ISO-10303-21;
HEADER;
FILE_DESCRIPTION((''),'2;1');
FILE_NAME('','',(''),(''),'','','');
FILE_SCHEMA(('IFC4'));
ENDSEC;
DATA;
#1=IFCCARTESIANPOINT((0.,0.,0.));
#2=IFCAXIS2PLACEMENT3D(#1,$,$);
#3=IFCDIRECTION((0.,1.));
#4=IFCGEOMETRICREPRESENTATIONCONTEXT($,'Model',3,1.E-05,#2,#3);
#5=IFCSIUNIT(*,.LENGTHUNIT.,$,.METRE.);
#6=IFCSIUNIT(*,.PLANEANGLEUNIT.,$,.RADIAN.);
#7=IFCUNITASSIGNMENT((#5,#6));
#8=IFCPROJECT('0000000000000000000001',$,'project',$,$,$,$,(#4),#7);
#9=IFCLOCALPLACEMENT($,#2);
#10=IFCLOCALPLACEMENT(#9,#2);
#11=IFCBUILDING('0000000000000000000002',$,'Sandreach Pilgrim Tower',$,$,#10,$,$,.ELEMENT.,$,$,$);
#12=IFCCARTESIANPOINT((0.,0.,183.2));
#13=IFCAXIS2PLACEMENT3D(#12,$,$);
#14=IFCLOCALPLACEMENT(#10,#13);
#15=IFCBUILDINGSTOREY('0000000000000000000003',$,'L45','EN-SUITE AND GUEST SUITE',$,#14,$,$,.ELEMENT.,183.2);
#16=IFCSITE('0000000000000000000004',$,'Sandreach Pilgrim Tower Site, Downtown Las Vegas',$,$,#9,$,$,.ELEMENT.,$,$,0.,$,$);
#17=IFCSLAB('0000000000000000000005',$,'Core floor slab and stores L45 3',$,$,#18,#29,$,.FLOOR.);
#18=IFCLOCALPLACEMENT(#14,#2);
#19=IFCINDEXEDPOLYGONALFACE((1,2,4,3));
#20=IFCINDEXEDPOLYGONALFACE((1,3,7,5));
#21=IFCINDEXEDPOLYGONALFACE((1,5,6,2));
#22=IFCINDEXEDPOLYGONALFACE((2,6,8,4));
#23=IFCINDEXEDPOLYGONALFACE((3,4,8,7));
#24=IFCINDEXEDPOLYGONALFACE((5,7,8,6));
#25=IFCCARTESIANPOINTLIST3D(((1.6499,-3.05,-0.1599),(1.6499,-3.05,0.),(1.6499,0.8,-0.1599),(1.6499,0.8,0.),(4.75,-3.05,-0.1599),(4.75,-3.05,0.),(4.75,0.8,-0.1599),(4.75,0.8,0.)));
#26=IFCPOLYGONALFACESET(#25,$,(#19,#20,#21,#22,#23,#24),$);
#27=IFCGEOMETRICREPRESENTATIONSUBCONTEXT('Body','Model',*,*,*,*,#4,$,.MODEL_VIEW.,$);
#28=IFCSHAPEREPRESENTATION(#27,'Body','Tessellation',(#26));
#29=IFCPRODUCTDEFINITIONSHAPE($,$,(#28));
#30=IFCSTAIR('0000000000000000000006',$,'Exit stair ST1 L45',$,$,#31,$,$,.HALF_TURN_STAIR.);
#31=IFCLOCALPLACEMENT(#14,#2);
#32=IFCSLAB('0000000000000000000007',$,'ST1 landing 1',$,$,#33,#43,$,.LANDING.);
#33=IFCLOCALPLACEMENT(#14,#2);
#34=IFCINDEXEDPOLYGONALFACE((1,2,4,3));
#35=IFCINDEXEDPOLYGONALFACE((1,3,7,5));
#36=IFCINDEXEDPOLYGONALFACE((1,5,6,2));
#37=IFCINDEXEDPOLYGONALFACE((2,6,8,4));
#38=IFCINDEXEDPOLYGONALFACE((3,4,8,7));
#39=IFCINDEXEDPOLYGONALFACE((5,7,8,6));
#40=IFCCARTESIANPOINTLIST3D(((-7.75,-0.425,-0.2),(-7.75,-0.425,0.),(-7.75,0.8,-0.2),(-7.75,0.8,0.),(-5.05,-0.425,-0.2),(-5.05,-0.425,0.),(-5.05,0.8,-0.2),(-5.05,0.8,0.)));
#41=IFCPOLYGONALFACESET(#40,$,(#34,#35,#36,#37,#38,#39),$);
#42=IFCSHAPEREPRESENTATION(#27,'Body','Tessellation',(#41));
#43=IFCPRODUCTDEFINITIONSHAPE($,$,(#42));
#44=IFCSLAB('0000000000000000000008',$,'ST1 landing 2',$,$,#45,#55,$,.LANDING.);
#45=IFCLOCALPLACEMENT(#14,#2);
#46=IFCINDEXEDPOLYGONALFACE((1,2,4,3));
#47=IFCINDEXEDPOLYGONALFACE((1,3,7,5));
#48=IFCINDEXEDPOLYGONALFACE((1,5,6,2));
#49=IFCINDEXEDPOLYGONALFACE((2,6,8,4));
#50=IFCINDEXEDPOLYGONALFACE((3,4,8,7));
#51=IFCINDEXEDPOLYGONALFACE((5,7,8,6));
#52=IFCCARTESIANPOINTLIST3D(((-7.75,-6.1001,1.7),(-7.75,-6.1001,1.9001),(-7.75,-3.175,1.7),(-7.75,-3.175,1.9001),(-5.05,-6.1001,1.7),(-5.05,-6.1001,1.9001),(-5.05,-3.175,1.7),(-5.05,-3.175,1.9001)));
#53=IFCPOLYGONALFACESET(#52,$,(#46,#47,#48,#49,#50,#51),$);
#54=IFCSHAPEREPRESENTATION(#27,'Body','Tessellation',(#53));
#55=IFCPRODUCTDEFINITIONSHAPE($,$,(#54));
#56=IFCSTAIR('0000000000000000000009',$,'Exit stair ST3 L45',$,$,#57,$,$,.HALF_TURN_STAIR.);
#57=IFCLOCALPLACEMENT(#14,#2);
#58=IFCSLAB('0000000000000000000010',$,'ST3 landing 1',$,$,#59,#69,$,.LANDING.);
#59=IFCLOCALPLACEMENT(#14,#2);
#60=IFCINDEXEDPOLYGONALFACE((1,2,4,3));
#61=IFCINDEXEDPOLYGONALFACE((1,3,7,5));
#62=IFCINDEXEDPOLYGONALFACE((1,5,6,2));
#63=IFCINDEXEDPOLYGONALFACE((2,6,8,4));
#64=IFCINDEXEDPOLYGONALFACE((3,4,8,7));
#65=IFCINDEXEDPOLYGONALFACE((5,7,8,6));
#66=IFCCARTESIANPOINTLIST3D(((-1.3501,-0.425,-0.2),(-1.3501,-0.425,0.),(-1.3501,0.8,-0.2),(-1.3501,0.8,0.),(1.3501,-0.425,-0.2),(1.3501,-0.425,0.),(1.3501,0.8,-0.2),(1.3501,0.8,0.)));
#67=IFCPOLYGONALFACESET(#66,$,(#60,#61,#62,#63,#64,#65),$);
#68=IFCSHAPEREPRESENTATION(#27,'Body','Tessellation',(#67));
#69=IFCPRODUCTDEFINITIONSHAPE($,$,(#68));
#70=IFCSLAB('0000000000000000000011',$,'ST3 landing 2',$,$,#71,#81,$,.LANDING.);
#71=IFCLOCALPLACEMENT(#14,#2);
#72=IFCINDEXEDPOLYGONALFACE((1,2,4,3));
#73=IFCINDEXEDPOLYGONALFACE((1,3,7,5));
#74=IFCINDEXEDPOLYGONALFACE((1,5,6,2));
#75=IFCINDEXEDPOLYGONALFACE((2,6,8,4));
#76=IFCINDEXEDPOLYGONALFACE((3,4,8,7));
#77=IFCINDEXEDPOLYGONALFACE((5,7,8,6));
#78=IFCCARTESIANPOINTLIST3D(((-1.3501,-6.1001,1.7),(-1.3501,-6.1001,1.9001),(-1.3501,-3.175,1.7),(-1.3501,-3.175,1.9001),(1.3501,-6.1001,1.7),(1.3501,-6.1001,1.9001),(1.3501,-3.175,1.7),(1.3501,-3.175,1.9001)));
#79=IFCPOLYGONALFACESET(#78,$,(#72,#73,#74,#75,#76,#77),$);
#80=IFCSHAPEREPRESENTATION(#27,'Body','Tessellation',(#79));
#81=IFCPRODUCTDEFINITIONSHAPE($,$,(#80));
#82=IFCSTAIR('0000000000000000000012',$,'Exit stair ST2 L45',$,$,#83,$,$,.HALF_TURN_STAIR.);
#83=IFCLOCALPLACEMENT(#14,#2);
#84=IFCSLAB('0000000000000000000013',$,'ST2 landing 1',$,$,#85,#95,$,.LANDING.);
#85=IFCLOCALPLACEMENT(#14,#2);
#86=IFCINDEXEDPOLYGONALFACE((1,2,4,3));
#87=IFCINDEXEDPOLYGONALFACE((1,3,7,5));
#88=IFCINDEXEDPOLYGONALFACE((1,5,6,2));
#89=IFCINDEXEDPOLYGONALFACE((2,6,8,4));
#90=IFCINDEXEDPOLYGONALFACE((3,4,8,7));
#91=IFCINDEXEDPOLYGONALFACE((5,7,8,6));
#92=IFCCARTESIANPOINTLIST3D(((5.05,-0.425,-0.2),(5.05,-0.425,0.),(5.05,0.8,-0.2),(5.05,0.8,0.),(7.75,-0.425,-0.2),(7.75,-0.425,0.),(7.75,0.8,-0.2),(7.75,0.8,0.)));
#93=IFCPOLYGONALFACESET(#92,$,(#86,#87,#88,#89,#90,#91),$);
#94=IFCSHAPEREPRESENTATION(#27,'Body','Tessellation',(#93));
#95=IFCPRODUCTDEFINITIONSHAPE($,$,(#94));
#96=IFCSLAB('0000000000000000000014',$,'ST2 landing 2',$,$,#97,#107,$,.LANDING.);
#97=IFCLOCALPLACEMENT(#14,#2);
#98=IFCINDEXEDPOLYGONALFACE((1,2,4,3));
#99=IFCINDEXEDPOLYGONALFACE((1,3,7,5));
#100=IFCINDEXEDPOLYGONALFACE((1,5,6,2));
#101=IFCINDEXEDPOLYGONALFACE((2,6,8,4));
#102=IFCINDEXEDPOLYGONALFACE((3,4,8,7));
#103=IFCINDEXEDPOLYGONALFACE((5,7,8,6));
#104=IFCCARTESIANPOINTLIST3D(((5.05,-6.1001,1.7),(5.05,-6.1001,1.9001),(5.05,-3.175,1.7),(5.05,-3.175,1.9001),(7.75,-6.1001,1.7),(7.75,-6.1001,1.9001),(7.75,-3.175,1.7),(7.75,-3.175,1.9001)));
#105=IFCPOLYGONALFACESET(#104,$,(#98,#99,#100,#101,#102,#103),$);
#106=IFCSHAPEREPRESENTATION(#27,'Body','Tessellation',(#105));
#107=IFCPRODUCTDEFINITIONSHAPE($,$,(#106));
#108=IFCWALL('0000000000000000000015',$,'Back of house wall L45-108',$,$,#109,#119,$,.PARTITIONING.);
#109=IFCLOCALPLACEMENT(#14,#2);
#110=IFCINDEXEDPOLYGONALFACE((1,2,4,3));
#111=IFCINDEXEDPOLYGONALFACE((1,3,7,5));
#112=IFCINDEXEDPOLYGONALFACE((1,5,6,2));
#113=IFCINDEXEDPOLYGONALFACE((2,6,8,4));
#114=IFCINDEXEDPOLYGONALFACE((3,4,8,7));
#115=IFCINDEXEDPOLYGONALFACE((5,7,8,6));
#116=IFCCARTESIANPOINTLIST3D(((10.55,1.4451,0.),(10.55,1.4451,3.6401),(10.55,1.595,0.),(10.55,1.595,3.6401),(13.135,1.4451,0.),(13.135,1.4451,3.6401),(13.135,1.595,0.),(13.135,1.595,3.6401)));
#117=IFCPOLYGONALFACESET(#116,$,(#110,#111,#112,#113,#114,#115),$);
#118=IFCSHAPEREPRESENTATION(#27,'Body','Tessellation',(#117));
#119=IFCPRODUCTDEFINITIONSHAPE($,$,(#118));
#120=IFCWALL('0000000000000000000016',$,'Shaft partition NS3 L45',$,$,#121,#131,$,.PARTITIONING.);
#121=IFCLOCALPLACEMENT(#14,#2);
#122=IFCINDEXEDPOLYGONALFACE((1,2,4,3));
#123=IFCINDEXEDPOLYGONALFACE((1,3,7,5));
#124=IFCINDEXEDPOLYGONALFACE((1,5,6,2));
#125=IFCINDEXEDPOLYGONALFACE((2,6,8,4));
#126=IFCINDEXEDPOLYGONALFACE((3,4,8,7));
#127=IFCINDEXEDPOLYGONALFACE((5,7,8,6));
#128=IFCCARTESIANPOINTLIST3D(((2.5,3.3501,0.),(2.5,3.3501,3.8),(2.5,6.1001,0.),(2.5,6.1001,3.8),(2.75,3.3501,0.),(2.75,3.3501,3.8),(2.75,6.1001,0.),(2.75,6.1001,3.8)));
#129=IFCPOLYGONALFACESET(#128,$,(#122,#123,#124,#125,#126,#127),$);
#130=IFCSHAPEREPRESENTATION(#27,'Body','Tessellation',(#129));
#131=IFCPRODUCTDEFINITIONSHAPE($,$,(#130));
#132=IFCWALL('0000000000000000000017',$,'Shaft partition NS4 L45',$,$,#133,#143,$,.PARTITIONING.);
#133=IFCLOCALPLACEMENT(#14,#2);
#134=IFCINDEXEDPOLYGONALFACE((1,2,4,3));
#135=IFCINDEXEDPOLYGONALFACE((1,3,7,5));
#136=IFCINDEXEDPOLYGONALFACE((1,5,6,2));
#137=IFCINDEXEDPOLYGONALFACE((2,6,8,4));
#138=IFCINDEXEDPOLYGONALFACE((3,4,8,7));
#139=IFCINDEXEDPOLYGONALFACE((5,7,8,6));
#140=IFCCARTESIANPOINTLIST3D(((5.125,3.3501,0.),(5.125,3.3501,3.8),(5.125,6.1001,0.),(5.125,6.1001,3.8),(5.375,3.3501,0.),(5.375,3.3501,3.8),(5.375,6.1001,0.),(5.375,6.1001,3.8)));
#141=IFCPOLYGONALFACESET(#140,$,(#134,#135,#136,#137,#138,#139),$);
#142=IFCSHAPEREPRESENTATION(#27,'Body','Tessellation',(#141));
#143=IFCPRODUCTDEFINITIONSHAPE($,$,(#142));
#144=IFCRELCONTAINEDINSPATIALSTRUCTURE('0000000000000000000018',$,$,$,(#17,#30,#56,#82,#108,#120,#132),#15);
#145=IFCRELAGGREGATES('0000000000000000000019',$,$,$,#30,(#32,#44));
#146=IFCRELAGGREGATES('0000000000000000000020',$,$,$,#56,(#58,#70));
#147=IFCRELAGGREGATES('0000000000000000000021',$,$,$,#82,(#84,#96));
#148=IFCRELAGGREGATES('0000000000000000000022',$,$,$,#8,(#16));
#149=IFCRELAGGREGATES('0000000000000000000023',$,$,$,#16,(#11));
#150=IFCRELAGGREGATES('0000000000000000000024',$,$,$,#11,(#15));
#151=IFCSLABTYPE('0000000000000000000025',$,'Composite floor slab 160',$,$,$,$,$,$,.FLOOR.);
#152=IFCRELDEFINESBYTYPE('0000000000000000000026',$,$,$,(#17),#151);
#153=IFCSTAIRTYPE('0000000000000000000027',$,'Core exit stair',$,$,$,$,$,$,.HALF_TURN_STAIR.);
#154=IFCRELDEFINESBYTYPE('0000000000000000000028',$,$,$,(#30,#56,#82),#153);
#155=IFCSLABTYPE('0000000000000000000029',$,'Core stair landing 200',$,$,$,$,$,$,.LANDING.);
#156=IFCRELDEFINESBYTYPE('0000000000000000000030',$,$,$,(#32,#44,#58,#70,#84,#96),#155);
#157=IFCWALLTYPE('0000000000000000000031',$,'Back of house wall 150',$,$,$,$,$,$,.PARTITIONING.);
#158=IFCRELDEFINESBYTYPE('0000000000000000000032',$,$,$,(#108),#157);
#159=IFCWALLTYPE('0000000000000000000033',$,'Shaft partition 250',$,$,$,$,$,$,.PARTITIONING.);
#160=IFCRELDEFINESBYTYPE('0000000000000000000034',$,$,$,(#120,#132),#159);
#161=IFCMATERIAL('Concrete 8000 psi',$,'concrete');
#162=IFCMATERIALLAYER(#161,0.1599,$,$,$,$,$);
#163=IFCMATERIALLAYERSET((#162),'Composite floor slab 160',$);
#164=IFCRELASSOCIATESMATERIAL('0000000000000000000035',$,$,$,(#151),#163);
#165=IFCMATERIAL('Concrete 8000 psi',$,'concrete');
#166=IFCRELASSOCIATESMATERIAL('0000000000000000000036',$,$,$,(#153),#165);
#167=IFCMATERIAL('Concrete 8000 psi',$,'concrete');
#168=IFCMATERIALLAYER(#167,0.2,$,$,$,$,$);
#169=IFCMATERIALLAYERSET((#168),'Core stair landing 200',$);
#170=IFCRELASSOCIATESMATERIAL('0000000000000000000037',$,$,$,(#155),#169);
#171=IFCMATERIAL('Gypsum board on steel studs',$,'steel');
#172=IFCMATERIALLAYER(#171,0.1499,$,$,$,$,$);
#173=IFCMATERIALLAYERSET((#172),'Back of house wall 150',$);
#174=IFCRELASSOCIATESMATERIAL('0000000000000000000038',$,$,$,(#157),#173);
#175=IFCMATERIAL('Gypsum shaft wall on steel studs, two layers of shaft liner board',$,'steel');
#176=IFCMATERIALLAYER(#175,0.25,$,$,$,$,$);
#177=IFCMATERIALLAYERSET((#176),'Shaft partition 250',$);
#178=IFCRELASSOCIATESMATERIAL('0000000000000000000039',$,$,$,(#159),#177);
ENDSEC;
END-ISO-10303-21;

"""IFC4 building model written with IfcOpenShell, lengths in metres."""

from ifc_helpers import new_model, si_unit, direction, frame, frame_2d, origin, place, context, subcontext, project, spatial, polyline, rectangle, outline, extrude, material, layer, layer_set, type_object, element, aggregate, save


model = new_model("IFC4")

# Units and contexts
model_context = context("Model", 3, precision=1e-05, world=origin(), true_north=direction((0.0, 1.0)))
body_context = subcontext(model_context, "Body", "Model", "MODEL_VIEW")
ifc_project = project(units=[si_unit("LENGTHUNIT", "METRE"), si_unit("PLANEANGLEUNIT", "RADIAN")], contexts=[model_context])

# Site, building, storey
site_placement = place(None, origin())
site = spatial("IfcSite", under=ifc_project, at=site_placement, Name="Sandreach Pilgrim Tower Site, Downtown Las Vegas", CompositionType="ELEMENT", RefElevation=0.0)
building_placement = place(site_placement, origin())
building = spatial("IfcBuilding", under=site, at=building_placement, Name="Sandreach Pilgrim Tower", CompositionType="ELEMENT")
storey_placement = place(building_placement, frame((0.0, 0.0, 183.2)))
storey = spatial("IfcBuildingStorey", under=building, at=storey_placement, Name="L45", Description="EN-SUITE AND GUEST SUITE", CompositionType="ELEMENT", Elevation=183.2)

# Slab
ifc_material_1 = material(Name="Concrete 8000 psi", Category="concrete")
ifc_layer_1 = layer(ifc_material_1, 0.1599)
ifc_layer_set_1 = layer_set([ifc_layer_1], Name="Composite floor slab 160")
slab_type_1 = type_object("IfcSlabType", Name="Composite floor slab 160", PredefinedType="FLOOR", material=ifc_layer_set_1)
slab_1_placement = place(storey_placement, frame((0.0, 0.0, -0.1599)))
element("IfcSlab", 1, at=slab_1_placement, inside=storey, type_object=slab_type_1, Name="Core floor slab and stores L45 3", PredefinedType="FLOOR", context=body_context, shape_type="SweptSolid", body=[
    extrude(outline(polyline([(4.75, -3.05), (1.6499, -3.05), (1.6499, 0.8), (4.75, 0.8), (4.75, -3.05)])), origin(), (0.0, 0.0, 1.0), 0.1599),
])

# Stairs, slabs
ifc_material_2 = material(Name="Concrete 8000 psi", Category="concrete")
stair_type = type_object("IfcStairType", Name="Core exit stair", PredefinedType="HALF_TURN_STAIR", material=ifc_material_2)
stair_1_placement = place(storey_placement, origin())
stair_1 = element("IfcStair", 2, at=stair_1_placement, inside=storey, type_object=stair_type, Name="Exit stair ST1 L45", PredefinedType="HALF_TURN_STAIR")
ifc_material_3 = material(Name="Concrete 8000 psi", Category="concrete")
ifc_layer_2 = layer(ifc_material_3, 0.2)
ifc_layer_set_2 = layer_set([ifc_layer_2], Name="Core stair landing 200")
slab_type_2 = type_object("IfcSlabType", Name="Core stair landing 200", PredefinedType="LANDING", material=ifc_layer_set_2)
slab_2_placement = place(storey_placement, frame((0.0, 0.0, -0.2)))
slab_2 = element("IfcSlab", 3, at=slab_2_placement, type_object=slab_type_2, Name="ST1 landing 1", PredefinedType="LANDING", context=body_context, shape_type="SweptSolid", body=[
    extrude(outline(polyline([(-7.75, -0.425), (-5.05, -0.425), (-5.05, 0.8), (-7.75, 0.8), (-7.75, -0.425)])), origin(), (0.0, 0.0, 1.0), 0.2),
])
slab_3_placement = place(storey_placement, frame((0.0, 0.0, 1.7)))
slab_3 = element("IfcSlab", 4, at=slab_3_placement, type_object=slab_type_2, Name="ST1 landing 2", PredefinedType="LANDING", context=body_context, shape_type="SweptSolid", body=[
    extrude(outline(polyline([(-7.75, -6.1001), (-5.05, -6.1001), (-5.05, -3.175), (-7.75, -3.175), (-7.75, -6.1001)])), origin(), (0.0, 0.0, 1.0), 0.2002),
])
aggregate(stair_1, [slab_2, slab_3])
stair_2_placement = place(storey_placement, origin())
stair_2 = element("IfcStair", 5, at=stair_2_placement, inside=storey, type_object=stair_type, Name="Exit stair ST3 L45", PredefinedType="HALF_TURN_STAIR")
slab_4_placement = place(storey_placement, frame((0.0, 0.0, -0.2)))
slab_4 = element("IfcSlab", 6, at=slab_4_placement, type_object=slab_type_2, Name="ST3 landing 1", PredefinedType="LANDING", context=body_context, shape_type="SweptSolid", body=[
    extrude(outline(polyline([(-1.3501, -0.425), (1.3501, -0.425), (1.3501, 0.8), (-1.3501, 0.8), (-1.3501, -0.425)])), origin(), (0.0, 0.0, 1.0), 0.2),
])
slab_5_placement = place(storey_placement, frame((0.0, 0.0, 1.7)))
slab_5 = element("IfcSlab", 7, at=slab_5_placement, type_object=slab_type_2, Name="ST3 landing 2", PredefinedType="LANDING", context=body_context, shape_type="SweptSolid", body=[
    extrude(outline(polyline([(-1.3501, -6.1001), (1.3501, -6.1001), (1.3501, -3.175), (-1.3501, -3.175), (-1.3501, -6.1001)])), origin(), (0.0, 0.0, 1.0), 0.2002),
])
aggregate(stair_2, [slab_4, slab_5])
stair_3_placement = place(storey_placement, origin())
stair_3 = element("IfcStair", 8, at=stair_3_placement, inside=storey, type_object=stair_type, Name="Exit stair ST2 L45", PredefinedType="HALF_TURN_STAIR")
slab_6_placement = place(storey_placement, frame((0.0, 0.0, -0.2)))
slab_6 = element("IfcSlab", 9, at=slab_6_placement, type_object=slab_type_2, Name="ST2 landing 1", PredefinedType="LANDING", context=body_context, shape_type="SweptSolid", body=[
    extrude(outline(polyline([(5.05, -0.425), (7.75, -0.425), (7.75, 0.8), (5.05, 0.8), (5.05, -0.425)])), origin(), (0.0, 0.0, 1.0), 0.2),
])
slab_7_placement = place(storey_placement, frame((0.0, 0.0, 1.7)))
slab_7 = element("IfcSlab", 10, at=slab_7_placement, type_object=slab_type_2, Name="ST2 landing 2", PredefinedType="LANDING", context=body_context, shape_type="SweptSolid", body=[
    extrude(outline(polyline([(5.05, -6.1001), (7.75, -6.1001), (7.75, -3.175), (5.05, -3.175), (5.05, -6.1001)])), origin(), (0.0, 0.0, 1.0), 0.2002),
])
aggregate(stair_3, [slab_6, slab_7])

# Wall
ifc_material_4 = material(Name="Gypsum board on steel studs", Category="steel")
ifc_layer_3 = layer(ifc_material_4, 0.1499)
ifc_layer_set_3 = layer_set([ifc_layer_3], Name="Back of house wall 150")
wall_type_1 = type_object("IfcWallType", Name="Back of house wall 150", PredefinedType="PARTITIONING", material=ifc_layer_set_3)
wall_1_placement = place(storey_placement, frame((10.55, 1.52, 0.0), z_axis=(0.0, 0.0, 1.0), x_axis=(1.0, 0.0, 0.0)))
element("IfcWall", 11, at=wall_1_placement, inside=storey, type_object=wall_type_1, Name="Back of house wall L45-108", PredefinedType="PARTITIONING", context=body_context, shape_type="SweptSolid", body=[
    extrude(rectangle(XDim=2.585, YDim=0.1499, at=frame_2d((1.2925, 0.0))), origin(), (0.0, 0.0, 1.0), 3.6401),
])

# Walls
ifc_material_5 = material(Name="Gypsum shaft wall on steel studs, two layers of shaft liner board", Category="steel")
ifc_layer_4 = layer(ifc_material_5, 0.25)
ifc_layer_set_4 = layer_set([ifc_layer_4], Name="Shaft partition 250")
wall_type_2 = type_object("IfcWallType", Name="Shaft partition 250", PredefinedType="PARTITIONING", material=ifc_layer_set_4)
for number, where, z_axis, x_axis, name in (
    (12, (2.625, 3.3501, 0.0), (0.0, 0.0, 1.0), (0.0, 1.0, 0.0), "Shaft partition NS3 L45"),
    (13, (5.25, 3.3501, 0.0), (0.0, 0.0, 1.0), (0.0, 1.0, 0.0), "Shaft partition NS4 L45"),
):
    element("IfcWall", number, at=place(storey_placement, frame(where, z_axis=z_axis, x_axis=x_axis)), inside=storey, type_object=wall_type_2, Name=name, PredefinedType="PARTITIONING", context=body_context, shape_type="SweptSolid", body=[
        extrude(rectangle(XDim=2.75, YDim=0.25, at=frame_2d((1.375, 0.0))), origin(), (0.0, 0.0, 1.0), 3.8),
    ])

save(model, "model.ifc")
